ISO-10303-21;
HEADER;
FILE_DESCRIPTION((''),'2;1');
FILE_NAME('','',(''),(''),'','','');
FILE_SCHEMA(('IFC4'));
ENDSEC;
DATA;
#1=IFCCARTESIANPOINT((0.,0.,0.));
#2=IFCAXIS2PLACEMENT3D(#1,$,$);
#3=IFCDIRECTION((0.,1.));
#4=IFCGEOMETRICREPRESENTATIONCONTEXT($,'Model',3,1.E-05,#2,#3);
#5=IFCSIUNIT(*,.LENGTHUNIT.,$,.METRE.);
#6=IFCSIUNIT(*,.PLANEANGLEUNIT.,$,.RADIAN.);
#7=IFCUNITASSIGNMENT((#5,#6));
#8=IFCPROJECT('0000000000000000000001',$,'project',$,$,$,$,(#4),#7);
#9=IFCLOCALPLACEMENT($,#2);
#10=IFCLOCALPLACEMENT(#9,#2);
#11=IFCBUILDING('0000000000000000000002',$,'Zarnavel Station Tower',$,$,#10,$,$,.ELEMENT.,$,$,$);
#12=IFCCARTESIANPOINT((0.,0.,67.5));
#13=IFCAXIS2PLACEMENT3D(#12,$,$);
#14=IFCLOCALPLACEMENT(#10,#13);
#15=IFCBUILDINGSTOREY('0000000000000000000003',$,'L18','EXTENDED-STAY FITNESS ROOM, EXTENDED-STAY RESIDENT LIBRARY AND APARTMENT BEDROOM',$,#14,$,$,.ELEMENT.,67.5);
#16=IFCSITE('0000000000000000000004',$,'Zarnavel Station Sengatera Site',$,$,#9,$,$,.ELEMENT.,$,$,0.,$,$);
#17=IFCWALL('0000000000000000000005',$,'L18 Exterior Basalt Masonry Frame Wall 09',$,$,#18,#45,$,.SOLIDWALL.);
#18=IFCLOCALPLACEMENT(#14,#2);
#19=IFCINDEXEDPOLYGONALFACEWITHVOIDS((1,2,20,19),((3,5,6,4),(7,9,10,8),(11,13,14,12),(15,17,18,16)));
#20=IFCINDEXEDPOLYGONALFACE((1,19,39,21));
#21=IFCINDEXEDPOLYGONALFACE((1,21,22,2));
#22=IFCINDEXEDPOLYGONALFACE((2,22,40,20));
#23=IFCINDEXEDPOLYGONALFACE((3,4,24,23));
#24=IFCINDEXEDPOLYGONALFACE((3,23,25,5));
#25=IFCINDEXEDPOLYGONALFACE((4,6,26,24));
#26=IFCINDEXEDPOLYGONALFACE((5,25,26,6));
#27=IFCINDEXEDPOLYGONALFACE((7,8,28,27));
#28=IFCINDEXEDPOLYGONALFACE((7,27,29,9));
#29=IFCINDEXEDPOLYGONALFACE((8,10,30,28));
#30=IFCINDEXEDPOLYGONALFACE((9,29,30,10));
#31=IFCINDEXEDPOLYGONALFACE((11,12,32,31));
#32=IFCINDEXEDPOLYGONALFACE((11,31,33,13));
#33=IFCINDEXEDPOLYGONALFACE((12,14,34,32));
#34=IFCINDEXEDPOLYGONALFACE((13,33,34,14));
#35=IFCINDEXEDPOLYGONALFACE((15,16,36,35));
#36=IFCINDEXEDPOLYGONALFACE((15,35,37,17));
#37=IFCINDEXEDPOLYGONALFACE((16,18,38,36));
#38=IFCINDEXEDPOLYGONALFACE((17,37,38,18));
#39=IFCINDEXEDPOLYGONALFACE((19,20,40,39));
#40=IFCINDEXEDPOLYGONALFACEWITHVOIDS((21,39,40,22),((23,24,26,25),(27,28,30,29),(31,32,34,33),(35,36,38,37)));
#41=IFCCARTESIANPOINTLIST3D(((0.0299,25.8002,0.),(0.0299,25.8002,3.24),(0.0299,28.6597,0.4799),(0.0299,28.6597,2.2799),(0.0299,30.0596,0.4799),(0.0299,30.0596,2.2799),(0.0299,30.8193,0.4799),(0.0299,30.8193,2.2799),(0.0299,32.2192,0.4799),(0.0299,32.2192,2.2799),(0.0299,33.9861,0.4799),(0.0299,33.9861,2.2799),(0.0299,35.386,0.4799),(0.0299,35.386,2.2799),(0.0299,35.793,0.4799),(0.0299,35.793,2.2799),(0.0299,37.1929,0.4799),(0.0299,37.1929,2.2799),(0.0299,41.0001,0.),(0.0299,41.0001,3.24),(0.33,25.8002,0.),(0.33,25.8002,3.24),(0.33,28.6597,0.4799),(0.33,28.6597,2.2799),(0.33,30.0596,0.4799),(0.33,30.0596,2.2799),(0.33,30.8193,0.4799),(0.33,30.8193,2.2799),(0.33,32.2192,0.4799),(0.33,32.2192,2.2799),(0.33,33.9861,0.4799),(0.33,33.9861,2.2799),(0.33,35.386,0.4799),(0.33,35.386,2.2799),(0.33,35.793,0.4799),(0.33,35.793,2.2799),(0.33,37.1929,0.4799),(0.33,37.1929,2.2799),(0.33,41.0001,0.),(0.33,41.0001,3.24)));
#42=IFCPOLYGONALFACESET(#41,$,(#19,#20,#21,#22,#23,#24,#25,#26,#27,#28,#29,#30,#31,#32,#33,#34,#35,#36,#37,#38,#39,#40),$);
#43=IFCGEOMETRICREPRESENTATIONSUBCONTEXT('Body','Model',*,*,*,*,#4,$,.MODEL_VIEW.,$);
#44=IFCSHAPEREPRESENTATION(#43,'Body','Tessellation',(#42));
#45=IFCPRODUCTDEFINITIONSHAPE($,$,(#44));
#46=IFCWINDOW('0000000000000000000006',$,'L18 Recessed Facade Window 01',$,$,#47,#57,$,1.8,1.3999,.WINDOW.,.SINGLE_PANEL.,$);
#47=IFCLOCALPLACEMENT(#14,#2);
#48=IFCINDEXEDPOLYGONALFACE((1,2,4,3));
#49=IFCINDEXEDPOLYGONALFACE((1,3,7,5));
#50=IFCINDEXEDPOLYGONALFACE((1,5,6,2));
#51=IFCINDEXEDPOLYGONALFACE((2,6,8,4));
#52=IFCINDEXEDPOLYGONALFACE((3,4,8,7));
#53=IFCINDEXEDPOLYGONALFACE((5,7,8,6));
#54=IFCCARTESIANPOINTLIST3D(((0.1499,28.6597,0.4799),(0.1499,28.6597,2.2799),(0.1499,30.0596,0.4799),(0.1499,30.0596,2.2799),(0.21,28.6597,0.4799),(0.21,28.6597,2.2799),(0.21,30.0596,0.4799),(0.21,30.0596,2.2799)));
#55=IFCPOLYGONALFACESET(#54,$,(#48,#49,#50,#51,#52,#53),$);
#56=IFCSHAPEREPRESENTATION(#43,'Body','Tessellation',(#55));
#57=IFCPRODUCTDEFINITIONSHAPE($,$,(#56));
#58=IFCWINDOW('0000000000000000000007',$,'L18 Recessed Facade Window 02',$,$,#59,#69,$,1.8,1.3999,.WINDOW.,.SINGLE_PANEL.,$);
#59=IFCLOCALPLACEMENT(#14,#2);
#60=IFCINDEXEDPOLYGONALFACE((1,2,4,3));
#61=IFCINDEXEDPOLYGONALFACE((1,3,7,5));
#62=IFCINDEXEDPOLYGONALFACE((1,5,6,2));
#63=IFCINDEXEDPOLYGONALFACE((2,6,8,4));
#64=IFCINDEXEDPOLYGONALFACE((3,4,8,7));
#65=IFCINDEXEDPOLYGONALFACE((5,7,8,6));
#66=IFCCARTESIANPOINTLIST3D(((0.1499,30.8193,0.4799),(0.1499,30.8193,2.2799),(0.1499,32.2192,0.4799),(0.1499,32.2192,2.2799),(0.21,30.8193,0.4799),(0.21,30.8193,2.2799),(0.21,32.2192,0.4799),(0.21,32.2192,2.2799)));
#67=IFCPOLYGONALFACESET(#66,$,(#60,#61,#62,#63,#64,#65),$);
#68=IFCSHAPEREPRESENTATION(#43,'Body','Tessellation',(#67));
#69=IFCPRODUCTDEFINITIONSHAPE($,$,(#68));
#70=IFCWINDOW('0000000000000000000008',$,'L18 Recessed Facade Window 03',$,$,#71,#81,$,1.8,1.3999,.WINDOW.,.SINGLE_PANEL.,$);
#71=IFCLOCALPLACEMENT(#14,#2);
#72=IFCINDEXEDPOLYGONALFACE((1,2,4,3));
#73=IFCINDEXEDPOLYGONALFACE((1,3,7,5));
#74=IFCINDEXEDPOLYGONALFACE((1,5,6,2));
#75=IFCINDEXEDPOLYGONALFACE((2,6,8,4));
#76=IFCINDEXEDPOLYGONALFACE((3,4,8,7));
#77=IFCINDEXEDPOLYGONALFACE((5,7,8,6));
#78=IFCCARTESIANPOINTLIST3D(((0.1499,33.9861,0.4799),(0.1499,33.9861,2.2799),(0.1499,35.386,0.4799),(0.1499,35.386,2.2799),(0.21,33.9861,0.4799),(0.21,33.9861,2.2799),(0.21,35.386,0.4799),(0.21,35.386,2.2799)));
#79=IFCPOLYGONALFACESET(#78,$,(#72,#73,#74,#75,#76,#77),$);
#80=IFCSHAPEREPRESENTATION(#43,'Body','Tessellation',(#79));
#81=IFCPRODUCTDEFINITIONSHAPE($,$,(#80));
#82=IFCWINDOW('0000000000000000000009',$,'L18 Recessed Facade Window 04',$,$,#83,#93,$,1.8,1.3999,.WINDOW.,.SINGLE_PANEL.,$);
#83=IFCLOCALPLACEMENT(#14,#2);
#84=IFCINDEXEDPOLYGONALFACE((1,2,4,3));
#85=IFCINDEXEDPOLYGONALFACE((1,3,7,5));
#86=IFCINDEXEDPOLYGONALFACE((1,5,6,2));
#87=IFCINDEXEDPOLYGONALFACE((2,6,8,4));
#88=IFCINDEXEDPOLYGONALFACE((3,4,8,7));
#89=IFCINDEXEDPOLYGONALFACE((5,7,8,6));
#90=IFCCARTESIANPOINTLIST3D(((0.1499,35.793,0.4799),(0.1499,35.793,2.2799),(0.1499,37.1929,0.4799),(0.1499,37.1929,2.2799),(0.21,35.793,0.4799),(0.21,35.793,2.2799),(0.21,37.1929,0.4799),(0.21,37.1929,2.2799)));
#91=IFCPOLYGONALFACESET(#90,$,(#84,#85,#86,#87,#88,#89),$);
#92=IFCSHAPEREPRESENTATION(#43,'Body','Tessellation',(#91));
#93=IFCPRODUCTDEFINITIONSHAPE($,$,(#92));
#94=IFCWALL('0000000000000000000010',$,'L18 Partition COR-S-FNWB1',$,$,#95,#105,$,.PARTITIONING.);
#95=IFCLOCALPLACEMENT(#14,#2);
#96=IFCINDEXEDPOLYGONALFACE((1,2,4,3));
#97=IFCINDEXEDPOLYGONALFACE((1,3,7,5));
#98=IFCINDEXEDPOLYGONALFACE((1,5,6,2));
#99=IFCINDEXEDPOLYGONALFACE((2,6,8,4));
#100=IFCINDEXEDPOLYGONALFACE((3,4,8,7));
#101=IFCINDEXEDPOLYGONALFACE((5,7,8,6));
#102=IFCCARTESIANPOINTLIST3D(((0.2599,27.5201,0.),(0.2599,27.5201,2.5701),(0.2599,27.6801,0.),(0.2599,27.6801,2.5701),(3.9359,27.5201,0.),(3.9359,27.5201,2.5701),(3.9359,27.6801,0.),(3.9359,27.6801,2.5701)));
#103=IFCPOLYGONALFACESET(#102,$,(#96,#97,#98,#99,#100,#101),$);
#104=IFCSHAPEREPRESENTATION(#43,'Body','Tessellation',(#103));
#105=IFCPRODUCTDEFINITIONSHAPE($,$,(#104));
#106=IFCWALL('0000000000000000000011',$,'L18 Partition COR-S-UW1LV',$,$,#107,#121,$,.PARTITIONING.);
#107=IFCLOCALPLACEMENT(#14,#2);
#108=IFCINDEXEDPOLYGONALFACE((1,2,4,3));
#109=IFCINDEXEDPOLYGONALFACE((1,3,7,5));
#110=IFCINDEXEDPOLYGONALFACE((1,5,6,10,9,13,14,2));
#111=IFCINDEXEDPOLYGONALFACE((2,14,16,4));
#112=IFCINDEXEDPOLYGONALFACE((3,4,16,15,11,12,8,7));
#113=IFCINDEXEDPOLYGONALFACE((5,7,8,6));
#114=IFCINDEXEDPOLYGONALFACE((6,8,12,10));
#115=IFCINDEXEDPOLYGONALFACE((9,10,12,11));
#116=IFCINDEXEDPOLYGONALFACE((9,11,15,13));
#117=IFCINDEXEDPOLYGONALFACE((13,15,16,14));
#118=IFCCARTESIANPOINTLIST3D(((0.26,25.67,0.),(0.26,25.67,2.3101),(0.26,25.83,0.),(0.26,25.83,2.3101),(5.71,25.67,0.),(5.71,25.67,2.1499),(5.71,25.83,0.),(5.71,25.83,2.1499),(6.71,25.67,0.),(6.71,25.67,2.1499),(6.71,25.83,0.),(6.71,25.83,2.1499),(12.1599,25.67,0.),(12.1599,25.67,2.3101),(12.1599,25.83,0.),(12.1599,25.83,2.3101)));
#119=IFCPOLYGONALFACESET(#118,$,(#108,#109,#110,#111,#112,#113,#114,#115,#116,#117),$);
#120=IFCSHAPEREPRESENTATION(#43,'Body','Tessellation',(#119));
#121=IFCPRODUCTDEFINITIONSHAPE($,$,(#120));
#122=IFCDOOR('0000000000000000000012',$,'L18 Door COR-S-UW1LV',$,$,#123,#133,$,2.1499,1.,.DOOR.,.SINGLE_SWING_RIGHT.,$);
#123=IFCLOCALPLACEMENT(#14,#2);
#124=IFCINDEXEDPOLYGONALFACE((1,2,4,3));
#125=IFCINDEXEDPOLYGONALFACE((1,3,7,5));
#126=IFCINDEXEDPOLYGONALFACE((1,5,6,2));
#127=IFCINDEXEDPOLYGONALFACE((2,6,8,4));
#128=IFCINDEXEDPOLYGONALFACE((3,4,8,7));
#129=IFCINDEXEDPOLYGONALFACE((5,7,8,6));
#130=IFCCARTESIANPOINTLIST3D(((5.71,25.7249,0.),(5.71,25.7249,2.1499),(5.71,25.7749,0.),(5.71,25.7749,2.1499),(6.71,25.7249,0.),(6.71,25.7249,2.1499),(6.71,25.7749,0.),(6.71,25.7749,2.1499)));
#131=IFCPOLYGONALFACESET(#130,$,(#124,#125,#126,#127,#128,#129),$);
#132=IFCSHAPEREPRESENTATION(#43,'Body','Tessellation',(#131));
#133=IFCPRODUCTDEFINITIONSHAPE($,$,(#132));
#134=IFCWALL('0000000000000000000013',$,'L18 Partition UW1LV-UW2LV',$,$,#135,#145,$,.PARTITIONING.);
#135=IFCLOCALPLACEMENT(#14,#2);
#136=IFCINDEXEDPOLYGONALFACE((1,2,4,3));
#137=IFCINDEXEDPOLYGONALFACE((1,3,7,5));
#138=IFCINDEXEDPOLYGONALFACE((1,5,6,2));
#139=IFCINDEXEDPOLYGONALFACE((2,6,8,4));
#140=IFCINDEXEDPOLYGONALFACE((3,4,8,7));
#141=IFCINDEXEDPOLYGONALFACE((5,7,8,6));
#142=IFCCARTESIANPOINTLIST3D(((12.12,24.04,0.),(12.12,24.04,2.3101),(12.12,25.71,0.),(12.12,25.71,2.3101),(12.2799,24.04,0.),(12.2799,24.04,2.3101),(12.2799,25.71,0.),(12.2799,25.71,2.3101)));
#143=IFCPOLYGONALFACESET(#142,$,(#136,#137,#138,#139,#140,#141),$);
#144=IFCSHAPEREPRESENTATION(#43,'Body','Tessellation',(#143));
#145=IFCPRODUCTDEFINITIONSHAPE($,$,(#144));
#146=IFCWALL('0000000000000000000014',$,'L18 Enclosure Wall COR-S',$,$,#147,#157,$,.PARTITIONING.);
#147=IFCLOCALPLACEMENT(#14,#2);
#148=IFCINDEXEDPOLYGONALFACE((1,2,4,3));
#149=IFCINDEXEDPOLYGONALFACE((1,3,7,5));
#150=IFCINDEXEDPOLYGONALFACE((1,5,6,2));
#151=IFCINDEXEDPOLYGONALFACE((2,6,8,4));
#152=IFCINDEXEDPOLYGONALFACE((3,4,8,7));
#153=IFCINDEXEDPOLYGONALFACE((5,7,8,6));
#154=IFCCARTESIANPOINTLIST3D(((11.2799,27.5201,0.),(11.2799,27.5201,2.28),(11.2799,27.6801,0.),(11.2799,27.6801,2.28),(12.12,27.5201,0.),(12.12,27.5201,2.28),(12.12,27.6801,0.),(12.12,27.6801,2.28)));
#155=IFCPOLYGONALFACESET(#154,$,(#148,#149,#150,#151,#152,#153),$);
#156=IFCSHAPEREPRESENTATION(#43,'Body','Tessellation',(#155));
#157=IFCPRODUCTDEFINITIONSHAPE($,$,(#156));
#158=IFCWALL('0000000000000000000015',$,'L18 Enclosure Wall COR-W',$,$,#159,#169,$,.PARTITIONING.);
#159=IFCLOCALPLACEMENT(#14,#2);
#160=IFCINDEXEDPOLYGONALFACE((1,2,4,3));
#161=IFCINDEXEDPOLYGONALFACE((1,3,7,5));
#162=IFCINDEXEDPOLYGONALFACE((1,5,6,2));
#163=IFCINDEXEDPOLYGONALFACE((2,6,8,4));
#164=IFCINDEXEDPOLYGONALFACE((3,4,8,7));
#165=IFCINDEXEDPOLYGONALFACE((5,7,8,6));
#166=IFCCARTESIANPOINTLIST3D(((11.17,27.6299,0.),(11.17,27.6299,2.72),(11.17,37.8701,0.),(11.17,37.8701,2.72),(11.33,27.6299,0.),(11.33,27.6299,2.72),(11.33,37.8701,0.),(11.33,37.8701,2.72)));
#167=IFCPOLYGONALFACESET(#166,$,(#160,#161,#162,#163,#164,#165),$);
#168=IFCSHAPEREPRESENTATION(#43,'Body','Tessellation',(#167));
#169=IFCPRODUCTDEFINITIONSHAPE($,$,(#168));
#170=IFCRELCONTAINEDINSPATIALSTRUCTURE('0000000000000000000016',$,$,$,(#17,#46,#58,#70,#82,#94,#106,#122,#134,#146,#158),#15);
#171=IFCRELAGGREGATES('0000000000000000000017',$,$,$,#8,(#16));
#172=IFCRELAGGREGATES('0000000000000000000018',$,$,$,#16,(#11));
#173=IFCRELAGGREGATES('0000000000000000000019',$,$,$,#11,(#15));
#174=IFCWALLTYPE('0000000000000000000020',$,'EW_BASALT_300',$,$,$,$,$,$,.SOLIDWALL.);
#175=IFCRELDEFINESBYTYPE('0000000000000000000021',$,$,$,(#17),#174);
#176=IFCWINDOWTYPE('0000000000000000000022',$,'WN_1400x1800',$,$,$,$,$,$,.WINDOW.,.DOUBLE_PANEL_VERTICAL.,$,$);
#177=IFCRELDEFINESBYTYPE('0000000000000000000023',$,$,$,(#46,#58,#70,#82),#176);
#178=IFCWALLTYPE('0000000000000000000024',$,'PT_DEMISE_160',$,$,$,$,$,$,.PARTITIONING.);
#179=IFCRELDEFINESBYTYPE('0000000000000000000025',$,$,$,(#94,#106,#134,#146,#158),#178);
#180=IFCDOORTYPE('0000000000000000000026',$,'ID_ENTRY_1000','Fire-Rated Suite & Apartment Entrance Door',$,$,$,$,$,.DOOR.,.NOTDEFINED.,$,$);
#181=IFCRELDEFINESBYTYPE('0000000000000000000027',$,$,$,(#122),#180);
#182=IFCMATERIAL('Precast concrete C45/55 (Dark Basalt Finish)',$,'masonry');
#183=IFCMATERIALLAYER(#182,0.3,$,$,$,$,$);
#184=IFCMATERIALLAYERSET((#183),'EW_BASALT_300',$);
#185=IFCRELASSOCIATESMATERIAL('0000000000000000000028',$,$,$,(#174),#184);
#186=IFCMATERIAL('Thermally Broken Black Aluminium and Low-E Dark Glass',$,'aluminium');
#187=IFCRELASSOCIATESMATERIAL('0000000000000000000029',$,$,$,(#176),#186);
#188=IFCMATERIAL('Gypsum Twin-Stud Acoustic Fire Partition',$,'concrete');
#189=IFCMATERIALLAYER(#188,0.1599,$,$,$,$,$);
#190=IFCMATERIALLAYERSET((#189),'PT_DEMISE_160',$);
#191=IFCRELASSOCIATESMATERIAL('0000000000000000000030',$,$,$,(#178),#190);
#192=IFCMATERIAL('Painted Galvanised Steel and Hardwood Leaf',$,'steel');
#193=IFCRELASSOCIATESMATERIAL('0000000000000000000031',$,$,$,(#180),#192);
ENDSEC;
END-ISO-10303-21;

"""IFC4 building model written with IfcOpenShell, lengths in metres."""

from ifc_helpers import new_model, si_unit, direction, frame, frame_2d, origin, place, context, subcontext, project, spatial, rectangle, extrude, material, layer, layer_set, type_object, element, fill, save


model = new_model("IFC4")

# Units and contexts
model_context = context("Model", 3, precision=1e-05, world=origin(), true_north=direction((0.0, 1.0)))
body_context = subcontext(model_context, "Body", "Model", "MODEL_VIEW")
ifc_project = project(units=[si_unit("LENGTHUNIT", "METRE"), si_unit("PLANEANGLEUNIT", "RADIAN")], contexts=[model_context])

# Site, building, storey
site_placement = place(None, origin())
site = spatial("IfcSite", under=ifc_project, at=site_placement, Name="Zarnavel Station Sengatera Site", CompositionType="ELEMENT", RefElevation=0.0)
building_placement = place(site_placement, origin())
building = spatial("IfcBuilding", under=site, at=building_placement, Name="Zarnavel Station Tower", CompositionType="ELEMENT")
storey_placement = place(building_placement, frame((0.0, 0.0, 67.5)))
storey = spatial("IfcBuildingStorey", under=building, at=storey_placement, Name="L18", Description="EXTENDED-STAY FITNESS ROOM, EXTENDED-STAY RESIDENT LIBRARY AND APARTMENT BEDROOM", CompositionType="ELEMENT", Elevation=67.5)

# Wall, openings, windows
ifc_material_1 = material(Name="Precast concrete C45/55 (Dark Basalt Finish)", Category="masonry")
ifc_layer_1 = layer(ifc_material_1, 0.3)
ifc_layer_set_1 = layer_set([ifc_layer_1], Name="EW_BASALT_300")
wall_type_1 = type_object("IfcWallType", Name="EW_BASALT_300", PredefinedType="SOLIDWALL", material=ifc_layer_set_1)
wall_1_placement = place(storey_placement, frame((0.1799, 25.8, 0.0), z_axis=(0.0, 0.0, 1.0), x_axis=(0.0, 1.0, 0.0)))
wall_1 = element("IfcWall", 1, at=wall_1_placement, inside=storey, type_object=wall_type_1, Name="L18 Exterior Basalt Masonry Frame Wall 09", PredefinedType="SOLIDWALL", context=body_context, shape_type="SweptSolid", body=[
    extrude(rectangle(XDim=15.2, YDim=0.3, at=frame_2d((7.6001, 0.0))), origin(), (0.0, 0.0, 1.0), 3.24),
])
opening_1_placement = place(wall_1_placement, frame((2.8596, 0.0, 0.48)))
opening_1 = element("IfcOpeningElement", 2, at=opening_1_placement, cuts=wall_1, PredefinedType="OPENING", context=body_context, shape_type="SweptSolid", body=[
    extrude(rectangle(XDim=1.3999, YDim=1.8, at=frame_2d((0.7, 0.8999))), frame((0.0, 0.1599, 0.0), z_axis=(0.0, -1.0, 0.0), x_axis=(1.0, 0.0, 0.0)), (0.0, 0.0, 1.0), 0.3201),
])
opening_2_placement = place(wall_1_placement, frame((5.0193, 0.0, 0.48)))
opening_2 = element("IfcOpeningElement", 3, at=opening_2_placement, cuts=wall_1, PredefinedType="OPENING", context=body_context, shape_type="SweptSolid", body=[
    extrude(rectangle(XDim=1.3999, YDim=1.8, at=frame_2d((0.7, 0.8999))), frame((0.0, 0.1599, 0.0), z_axis=(0.0, -1.0, 0.0), x_axis=(1.0, 0.0, 0.0)), (0.0, 0.0, 1.0), 0.3201),
])
opening_3_placement = place(wall_1_placement, frame((8.186, 0.0, 0.48)))
opening_3 = element("IfcOpeningElement", 4, at=opening_3_placement, cuts=wall_1, PredefinedType="OPENING", context=body_context, shape_type="SweptSolid", body=[
    extrude(rectangle(XDim=1.3999, YDim=1.8, at=frame_2d((0.7, 0.8999))), frame((0.0, 0.1599, 0.0), z_axis=(0.0, -1.0, 0.0), x_axis=(1.0, 0.0, 0.0)), (0.0, 0.0, 1.0), 0.3201),
])
opening_4_placement = place(wall_1_placement, frame((9.9929, 0.0, 0.48)))
opening_4 = element("IfcOpeningElement", 5, at=opening_4_placement, cuts=wall_1, PredefinedType="OPENING", context=body_context, shape_type="SweptSolid", body=[
    extrude(rectangle(XDim=1.3999, YDim=1.8, at=frame_2d((0.7, 0.8999))), frame((0.0, 0.1599, 0.0), z_axis=(0.0, -1.0, 0.0), x_axis=(1.0, 0.0, 0.0)), (0.0, 0.0, 1.0), 0.3201),
])
ifc_material_2 = material(Name="Thermally Broken Black Aluminium and Low-E Dark Glass", Category="aluminium")
window_type = type_object("IfcWindowType", Name="WN_1400x1800", PartitioningType="DOUBLE_PANEL_VERTICAL", PredefinedType="WINDOW", material=ifc_material_2)
window_1_placement = place(opening_1_placement, origin())
window_1 = element("IfcWindow", 6, at=window_1_placement, inside=storey, type_object=window_type, Name="L18 Recessed Facade Window 01", OverallHeight=1.8, OverallWidth=1.3999, PartitioningType="SINGLE_PANEL", PredefinedType="WINDOW", context=body_context, shape_type="SweptSolid", body=[
    extrude(rectangle(XDim=1.3999, YDim=1.8, at=frame_2d((0.7, 0.8999))), frame((0.0, 0.03, 0.0), z_axis=(0.0, -1.0, 0.0), x_axis=(1.0, 0.0, 0.0)), (0.0, 0.0, 1.0), 0.0601),
])
fill(opening_1, window_1)
window_2_placement = place(opening_2_placement, origin())
window_2 = element("IfcWindow", 7, at=window_2_placement, inside=storey, type_object=window_type, Name="L18 Recessed Facade Window 02", OverallHeight=1.8, OverallWidth=1.3999, PartitioningType="SINGLE_PANEL", PredefinedType="WINDOW", context=body_context, shape_type="SweptSolid", body=[
    extrude(rectangle(XDim=1.3999, YDim=1.8, at=frame_2d((0.7, 0.8999))), frame((0.0, 0.03, 0.0), z_axis=(0.0, -1.0, 0.0), x_axis=(1.0, 0.0, 0.0)), (0.0, 0.0, 1.0), 0.0601),
])
fill(opening_2, window_2)
window_3_placement = place(opening_3_placement, origin())
window_3 = element("IfcWindow", 8, at=window_3_placement, inside=storey, type_object=window_type, Name="L18 Recessed Facade Window 03", OverallHeight=1.8, OverallWidth=1.3999, PartitioningType="SINGLE_PANEL", PredefinedType="WINDOW", context=body_context, shape_type="SweptSolid", body=[
    extrude(rectangle(XDim=1.3999, YDim=1.8, at=frame_2d((0.7, 0.8999))), frame((0.0, 0.03, 0.0), z_axis=(0.0, -1.0, 0.0), x_axis=(1.0, 0.0, 0.0)), (0.0, 0.0, 1.0), 0.0601),
])
fill(opening_3, window_3)
window_4_placement = place(opening_4_placement, origin())
window_4 = element("IfcWindow", 9, at=window_4_placement, inside=storey, type_object=window_type, Name="L18 Recessed Facade Window 04", OverallHeight=1.8, OverallWidth=1.3999, PartitioningType="SINGLE_PANEL", PredefinedType="WINDOW", context=body_context, shape_type="SweptSolid", body=[
    extrude(rectangle(XDim=1.3999, YDim=1.8, at=frame_2d((0.7, 0.8999))), frame((0.0, 0.03, 0.0), z_axis=(0.0, -1.0, 0.0), x_axis=(1.0, 0.0, 0.0)), (0.0, 0.0, 1.0), 0.0601),
])
fill(opening_4, window_4)

# Shared definitions
ifc_material_3 = material(Name="Gypsum Twin-Stud Acoustic Fire Partition", Category="concrete")
ifc_layer_2 = layer(ifc_material_3, 0.1599)
ifc_layer_set_2 = layer_set([ifc_layer_2], Name="PT_DEMISE_160")
wall_type_2 = type_object("IfcWallType", Name="PT_DEMISE_160", PredefinedType="PARTITIONING", material=ifc_layer_set_2)
ifc_material_4 = material(Name="Painted Galvanised Steel and Hardwood Leaf", Category="steel")
door_type_1 = type_object("IfcDoorType", Name="ID_ENTRY_1000", Description="Fire-Rated Suite & Apartment Entrance Door", OperationType="NOTDEFINED", PredefinedType="DOOR", material=ifc_material_4)

# Wall
wall_2_placement = place(storey_placement, frame((0.26, 27.6001, 0.0), z_axis=(0.0, 0.0, 1.0), x_axis=(1.0, 0.0, 0.0)))
element("IfcWall", 10, at=wall_2_placement, inside=storey, type_object=wall_type_2, Name="L18 Partition COR-S-FNWB1", PredefinedType="PARTITIONING", context=body_context, shape_type="SweptSolid", body=[
    extrude(rectangle(XDim=3.676, YDim=0.1599, at=frame_2d((1.8379, 0.0))), origin(), (0.0, 0.0, 1.0), 2.5701),
])

# Wall, opening, door
wall_3_placement = place(storey_placement, frame((0.26, 25.75, 0.0), z_axis=(0.0, 0.0, 1.0), x_axis=(1.0, 0.0, 0.0)))
wall_3 = element("IfcWall", 11, at=wall_3_placement, inside=storey, type_object=wall_type_2, Name="L18 Partition COR-S-UW1LV", PredefinedType="PARTITIONING", context=body_context, shape_type="SweptSolid", body=[
    extrude(rectangle(XDim=11.8999, YDim=0.1599, at=frame_2d((5.95, 0.0))), origin(), (0.0, 0.0, 1.0), 2.3101),
])
opening_5_placement = place(wall_3_placement, frame((5.45, 0.0, 0.0)))
opening_5 = element("IfcOpeningElement", 12, at=opening_5_placement, cuts=wall_3, PredefinedType="OPENING", context=body_context, shape_type="SweptSolid", body=[
    extrude(rectangle(XDim=1.0, YDim=2.1499, at=frame_2d((0.5, 1.075))), frame((0.0, 0.0898, 0.0), z_axis=(0.0, -1.0, 0.0), x_axis=(1.0, 0.0, 0.0)), (0.0, 0.0, 1.0), 0.1799),
])
door_1_placement = place(opening_5_placement, origin())
door_1 = element("IfcDoor", 13, at=door_1_placement, inside=storey, type_object=door_type_1, Name="L18 Door COR-S-UW1LV", OperationType="SINGLE_SWING_RIGHT", OverallHeight=2.1499, OverallWidth=1.0, PredefinedType="DOOR", context=body_context, shape_type="SweptSolid", body=[
    extrude(rectangle(XDim=1.0, YDim=2.1499, at=frame_2d((0.5, 1.075))), frame((0.0, 0.0249, 0.0), z_axis=(0.0, -1.0, 0.0), x_axis=(1.0, 0.0, 0.0)), (0.0, 0.0, 1.0), 0.05),
])
fill(opening_5, door_1)

# Walls
wall_4_placement = place(storey_placement, frame((12.2, 24.04, 0.0), z_axis=(0.0, 0.0, 1.0), x_axis=(0.0, 1.0, 0.0)))
element("IfcWall", 14, at=wall_4_placement, inside=storey, type_object=wall_type_2, Name="L18 Partition UW1LV-UW2LV", PredefinedType="PARTITIONING", context=body_context, shape_type="SweptSolid", body=[
    extrude(rectangle(XDim=1.6699, YDim=0.1599, at=frame_2d((0.835, 0.0))), origin(), (0.0, 0.0, 1.0), 2.3101),
])
wall_5_placement = place(storey_placement, frame((11.28, 27.6001, 0.0), z_axis=(0.0, 0.0, 1.0), x_axis=(1.0, 0.0, 0.0)))
element("IfcWall", 15, at=wall_5_placement, inside=storey, type_object=wall_type_2, Name="L18 Enclosure Wall COR-S", PredefinedType="PARTITIONING", context=body_context, shape_type="SweptSolid", body=[
    extrude(rectangle(XDim=0.8401, YDim=0.1599, at=frame_2d((0.4199, 0.0))), origin(), (0.0, 0.0, 1.0), 2.28),
])
wall_6_placement = place(storey_placement, frame((11.25, 27.6299, 0.0), z_axis=(0.0, 0.0, 1.0), x_axis=(0.0, 1.0, 0.0)))
element("IfcWall", 16, at=wall_6_placement, inside=storey, type_object=wall_type_2, Name="L18 Enclosure Wall COR-W", PredefinedType="PARTITIONING", context=body_context, shape_type="SweptSolid", body=[
    extrude(rectangle(XDim=10.2402, YDim=0.1599, at=frame_2d((5.1201, 0.0))), origin(), (0.0, 0.0, 1.0), 2.72),
])

save(model, "model.ifc")
